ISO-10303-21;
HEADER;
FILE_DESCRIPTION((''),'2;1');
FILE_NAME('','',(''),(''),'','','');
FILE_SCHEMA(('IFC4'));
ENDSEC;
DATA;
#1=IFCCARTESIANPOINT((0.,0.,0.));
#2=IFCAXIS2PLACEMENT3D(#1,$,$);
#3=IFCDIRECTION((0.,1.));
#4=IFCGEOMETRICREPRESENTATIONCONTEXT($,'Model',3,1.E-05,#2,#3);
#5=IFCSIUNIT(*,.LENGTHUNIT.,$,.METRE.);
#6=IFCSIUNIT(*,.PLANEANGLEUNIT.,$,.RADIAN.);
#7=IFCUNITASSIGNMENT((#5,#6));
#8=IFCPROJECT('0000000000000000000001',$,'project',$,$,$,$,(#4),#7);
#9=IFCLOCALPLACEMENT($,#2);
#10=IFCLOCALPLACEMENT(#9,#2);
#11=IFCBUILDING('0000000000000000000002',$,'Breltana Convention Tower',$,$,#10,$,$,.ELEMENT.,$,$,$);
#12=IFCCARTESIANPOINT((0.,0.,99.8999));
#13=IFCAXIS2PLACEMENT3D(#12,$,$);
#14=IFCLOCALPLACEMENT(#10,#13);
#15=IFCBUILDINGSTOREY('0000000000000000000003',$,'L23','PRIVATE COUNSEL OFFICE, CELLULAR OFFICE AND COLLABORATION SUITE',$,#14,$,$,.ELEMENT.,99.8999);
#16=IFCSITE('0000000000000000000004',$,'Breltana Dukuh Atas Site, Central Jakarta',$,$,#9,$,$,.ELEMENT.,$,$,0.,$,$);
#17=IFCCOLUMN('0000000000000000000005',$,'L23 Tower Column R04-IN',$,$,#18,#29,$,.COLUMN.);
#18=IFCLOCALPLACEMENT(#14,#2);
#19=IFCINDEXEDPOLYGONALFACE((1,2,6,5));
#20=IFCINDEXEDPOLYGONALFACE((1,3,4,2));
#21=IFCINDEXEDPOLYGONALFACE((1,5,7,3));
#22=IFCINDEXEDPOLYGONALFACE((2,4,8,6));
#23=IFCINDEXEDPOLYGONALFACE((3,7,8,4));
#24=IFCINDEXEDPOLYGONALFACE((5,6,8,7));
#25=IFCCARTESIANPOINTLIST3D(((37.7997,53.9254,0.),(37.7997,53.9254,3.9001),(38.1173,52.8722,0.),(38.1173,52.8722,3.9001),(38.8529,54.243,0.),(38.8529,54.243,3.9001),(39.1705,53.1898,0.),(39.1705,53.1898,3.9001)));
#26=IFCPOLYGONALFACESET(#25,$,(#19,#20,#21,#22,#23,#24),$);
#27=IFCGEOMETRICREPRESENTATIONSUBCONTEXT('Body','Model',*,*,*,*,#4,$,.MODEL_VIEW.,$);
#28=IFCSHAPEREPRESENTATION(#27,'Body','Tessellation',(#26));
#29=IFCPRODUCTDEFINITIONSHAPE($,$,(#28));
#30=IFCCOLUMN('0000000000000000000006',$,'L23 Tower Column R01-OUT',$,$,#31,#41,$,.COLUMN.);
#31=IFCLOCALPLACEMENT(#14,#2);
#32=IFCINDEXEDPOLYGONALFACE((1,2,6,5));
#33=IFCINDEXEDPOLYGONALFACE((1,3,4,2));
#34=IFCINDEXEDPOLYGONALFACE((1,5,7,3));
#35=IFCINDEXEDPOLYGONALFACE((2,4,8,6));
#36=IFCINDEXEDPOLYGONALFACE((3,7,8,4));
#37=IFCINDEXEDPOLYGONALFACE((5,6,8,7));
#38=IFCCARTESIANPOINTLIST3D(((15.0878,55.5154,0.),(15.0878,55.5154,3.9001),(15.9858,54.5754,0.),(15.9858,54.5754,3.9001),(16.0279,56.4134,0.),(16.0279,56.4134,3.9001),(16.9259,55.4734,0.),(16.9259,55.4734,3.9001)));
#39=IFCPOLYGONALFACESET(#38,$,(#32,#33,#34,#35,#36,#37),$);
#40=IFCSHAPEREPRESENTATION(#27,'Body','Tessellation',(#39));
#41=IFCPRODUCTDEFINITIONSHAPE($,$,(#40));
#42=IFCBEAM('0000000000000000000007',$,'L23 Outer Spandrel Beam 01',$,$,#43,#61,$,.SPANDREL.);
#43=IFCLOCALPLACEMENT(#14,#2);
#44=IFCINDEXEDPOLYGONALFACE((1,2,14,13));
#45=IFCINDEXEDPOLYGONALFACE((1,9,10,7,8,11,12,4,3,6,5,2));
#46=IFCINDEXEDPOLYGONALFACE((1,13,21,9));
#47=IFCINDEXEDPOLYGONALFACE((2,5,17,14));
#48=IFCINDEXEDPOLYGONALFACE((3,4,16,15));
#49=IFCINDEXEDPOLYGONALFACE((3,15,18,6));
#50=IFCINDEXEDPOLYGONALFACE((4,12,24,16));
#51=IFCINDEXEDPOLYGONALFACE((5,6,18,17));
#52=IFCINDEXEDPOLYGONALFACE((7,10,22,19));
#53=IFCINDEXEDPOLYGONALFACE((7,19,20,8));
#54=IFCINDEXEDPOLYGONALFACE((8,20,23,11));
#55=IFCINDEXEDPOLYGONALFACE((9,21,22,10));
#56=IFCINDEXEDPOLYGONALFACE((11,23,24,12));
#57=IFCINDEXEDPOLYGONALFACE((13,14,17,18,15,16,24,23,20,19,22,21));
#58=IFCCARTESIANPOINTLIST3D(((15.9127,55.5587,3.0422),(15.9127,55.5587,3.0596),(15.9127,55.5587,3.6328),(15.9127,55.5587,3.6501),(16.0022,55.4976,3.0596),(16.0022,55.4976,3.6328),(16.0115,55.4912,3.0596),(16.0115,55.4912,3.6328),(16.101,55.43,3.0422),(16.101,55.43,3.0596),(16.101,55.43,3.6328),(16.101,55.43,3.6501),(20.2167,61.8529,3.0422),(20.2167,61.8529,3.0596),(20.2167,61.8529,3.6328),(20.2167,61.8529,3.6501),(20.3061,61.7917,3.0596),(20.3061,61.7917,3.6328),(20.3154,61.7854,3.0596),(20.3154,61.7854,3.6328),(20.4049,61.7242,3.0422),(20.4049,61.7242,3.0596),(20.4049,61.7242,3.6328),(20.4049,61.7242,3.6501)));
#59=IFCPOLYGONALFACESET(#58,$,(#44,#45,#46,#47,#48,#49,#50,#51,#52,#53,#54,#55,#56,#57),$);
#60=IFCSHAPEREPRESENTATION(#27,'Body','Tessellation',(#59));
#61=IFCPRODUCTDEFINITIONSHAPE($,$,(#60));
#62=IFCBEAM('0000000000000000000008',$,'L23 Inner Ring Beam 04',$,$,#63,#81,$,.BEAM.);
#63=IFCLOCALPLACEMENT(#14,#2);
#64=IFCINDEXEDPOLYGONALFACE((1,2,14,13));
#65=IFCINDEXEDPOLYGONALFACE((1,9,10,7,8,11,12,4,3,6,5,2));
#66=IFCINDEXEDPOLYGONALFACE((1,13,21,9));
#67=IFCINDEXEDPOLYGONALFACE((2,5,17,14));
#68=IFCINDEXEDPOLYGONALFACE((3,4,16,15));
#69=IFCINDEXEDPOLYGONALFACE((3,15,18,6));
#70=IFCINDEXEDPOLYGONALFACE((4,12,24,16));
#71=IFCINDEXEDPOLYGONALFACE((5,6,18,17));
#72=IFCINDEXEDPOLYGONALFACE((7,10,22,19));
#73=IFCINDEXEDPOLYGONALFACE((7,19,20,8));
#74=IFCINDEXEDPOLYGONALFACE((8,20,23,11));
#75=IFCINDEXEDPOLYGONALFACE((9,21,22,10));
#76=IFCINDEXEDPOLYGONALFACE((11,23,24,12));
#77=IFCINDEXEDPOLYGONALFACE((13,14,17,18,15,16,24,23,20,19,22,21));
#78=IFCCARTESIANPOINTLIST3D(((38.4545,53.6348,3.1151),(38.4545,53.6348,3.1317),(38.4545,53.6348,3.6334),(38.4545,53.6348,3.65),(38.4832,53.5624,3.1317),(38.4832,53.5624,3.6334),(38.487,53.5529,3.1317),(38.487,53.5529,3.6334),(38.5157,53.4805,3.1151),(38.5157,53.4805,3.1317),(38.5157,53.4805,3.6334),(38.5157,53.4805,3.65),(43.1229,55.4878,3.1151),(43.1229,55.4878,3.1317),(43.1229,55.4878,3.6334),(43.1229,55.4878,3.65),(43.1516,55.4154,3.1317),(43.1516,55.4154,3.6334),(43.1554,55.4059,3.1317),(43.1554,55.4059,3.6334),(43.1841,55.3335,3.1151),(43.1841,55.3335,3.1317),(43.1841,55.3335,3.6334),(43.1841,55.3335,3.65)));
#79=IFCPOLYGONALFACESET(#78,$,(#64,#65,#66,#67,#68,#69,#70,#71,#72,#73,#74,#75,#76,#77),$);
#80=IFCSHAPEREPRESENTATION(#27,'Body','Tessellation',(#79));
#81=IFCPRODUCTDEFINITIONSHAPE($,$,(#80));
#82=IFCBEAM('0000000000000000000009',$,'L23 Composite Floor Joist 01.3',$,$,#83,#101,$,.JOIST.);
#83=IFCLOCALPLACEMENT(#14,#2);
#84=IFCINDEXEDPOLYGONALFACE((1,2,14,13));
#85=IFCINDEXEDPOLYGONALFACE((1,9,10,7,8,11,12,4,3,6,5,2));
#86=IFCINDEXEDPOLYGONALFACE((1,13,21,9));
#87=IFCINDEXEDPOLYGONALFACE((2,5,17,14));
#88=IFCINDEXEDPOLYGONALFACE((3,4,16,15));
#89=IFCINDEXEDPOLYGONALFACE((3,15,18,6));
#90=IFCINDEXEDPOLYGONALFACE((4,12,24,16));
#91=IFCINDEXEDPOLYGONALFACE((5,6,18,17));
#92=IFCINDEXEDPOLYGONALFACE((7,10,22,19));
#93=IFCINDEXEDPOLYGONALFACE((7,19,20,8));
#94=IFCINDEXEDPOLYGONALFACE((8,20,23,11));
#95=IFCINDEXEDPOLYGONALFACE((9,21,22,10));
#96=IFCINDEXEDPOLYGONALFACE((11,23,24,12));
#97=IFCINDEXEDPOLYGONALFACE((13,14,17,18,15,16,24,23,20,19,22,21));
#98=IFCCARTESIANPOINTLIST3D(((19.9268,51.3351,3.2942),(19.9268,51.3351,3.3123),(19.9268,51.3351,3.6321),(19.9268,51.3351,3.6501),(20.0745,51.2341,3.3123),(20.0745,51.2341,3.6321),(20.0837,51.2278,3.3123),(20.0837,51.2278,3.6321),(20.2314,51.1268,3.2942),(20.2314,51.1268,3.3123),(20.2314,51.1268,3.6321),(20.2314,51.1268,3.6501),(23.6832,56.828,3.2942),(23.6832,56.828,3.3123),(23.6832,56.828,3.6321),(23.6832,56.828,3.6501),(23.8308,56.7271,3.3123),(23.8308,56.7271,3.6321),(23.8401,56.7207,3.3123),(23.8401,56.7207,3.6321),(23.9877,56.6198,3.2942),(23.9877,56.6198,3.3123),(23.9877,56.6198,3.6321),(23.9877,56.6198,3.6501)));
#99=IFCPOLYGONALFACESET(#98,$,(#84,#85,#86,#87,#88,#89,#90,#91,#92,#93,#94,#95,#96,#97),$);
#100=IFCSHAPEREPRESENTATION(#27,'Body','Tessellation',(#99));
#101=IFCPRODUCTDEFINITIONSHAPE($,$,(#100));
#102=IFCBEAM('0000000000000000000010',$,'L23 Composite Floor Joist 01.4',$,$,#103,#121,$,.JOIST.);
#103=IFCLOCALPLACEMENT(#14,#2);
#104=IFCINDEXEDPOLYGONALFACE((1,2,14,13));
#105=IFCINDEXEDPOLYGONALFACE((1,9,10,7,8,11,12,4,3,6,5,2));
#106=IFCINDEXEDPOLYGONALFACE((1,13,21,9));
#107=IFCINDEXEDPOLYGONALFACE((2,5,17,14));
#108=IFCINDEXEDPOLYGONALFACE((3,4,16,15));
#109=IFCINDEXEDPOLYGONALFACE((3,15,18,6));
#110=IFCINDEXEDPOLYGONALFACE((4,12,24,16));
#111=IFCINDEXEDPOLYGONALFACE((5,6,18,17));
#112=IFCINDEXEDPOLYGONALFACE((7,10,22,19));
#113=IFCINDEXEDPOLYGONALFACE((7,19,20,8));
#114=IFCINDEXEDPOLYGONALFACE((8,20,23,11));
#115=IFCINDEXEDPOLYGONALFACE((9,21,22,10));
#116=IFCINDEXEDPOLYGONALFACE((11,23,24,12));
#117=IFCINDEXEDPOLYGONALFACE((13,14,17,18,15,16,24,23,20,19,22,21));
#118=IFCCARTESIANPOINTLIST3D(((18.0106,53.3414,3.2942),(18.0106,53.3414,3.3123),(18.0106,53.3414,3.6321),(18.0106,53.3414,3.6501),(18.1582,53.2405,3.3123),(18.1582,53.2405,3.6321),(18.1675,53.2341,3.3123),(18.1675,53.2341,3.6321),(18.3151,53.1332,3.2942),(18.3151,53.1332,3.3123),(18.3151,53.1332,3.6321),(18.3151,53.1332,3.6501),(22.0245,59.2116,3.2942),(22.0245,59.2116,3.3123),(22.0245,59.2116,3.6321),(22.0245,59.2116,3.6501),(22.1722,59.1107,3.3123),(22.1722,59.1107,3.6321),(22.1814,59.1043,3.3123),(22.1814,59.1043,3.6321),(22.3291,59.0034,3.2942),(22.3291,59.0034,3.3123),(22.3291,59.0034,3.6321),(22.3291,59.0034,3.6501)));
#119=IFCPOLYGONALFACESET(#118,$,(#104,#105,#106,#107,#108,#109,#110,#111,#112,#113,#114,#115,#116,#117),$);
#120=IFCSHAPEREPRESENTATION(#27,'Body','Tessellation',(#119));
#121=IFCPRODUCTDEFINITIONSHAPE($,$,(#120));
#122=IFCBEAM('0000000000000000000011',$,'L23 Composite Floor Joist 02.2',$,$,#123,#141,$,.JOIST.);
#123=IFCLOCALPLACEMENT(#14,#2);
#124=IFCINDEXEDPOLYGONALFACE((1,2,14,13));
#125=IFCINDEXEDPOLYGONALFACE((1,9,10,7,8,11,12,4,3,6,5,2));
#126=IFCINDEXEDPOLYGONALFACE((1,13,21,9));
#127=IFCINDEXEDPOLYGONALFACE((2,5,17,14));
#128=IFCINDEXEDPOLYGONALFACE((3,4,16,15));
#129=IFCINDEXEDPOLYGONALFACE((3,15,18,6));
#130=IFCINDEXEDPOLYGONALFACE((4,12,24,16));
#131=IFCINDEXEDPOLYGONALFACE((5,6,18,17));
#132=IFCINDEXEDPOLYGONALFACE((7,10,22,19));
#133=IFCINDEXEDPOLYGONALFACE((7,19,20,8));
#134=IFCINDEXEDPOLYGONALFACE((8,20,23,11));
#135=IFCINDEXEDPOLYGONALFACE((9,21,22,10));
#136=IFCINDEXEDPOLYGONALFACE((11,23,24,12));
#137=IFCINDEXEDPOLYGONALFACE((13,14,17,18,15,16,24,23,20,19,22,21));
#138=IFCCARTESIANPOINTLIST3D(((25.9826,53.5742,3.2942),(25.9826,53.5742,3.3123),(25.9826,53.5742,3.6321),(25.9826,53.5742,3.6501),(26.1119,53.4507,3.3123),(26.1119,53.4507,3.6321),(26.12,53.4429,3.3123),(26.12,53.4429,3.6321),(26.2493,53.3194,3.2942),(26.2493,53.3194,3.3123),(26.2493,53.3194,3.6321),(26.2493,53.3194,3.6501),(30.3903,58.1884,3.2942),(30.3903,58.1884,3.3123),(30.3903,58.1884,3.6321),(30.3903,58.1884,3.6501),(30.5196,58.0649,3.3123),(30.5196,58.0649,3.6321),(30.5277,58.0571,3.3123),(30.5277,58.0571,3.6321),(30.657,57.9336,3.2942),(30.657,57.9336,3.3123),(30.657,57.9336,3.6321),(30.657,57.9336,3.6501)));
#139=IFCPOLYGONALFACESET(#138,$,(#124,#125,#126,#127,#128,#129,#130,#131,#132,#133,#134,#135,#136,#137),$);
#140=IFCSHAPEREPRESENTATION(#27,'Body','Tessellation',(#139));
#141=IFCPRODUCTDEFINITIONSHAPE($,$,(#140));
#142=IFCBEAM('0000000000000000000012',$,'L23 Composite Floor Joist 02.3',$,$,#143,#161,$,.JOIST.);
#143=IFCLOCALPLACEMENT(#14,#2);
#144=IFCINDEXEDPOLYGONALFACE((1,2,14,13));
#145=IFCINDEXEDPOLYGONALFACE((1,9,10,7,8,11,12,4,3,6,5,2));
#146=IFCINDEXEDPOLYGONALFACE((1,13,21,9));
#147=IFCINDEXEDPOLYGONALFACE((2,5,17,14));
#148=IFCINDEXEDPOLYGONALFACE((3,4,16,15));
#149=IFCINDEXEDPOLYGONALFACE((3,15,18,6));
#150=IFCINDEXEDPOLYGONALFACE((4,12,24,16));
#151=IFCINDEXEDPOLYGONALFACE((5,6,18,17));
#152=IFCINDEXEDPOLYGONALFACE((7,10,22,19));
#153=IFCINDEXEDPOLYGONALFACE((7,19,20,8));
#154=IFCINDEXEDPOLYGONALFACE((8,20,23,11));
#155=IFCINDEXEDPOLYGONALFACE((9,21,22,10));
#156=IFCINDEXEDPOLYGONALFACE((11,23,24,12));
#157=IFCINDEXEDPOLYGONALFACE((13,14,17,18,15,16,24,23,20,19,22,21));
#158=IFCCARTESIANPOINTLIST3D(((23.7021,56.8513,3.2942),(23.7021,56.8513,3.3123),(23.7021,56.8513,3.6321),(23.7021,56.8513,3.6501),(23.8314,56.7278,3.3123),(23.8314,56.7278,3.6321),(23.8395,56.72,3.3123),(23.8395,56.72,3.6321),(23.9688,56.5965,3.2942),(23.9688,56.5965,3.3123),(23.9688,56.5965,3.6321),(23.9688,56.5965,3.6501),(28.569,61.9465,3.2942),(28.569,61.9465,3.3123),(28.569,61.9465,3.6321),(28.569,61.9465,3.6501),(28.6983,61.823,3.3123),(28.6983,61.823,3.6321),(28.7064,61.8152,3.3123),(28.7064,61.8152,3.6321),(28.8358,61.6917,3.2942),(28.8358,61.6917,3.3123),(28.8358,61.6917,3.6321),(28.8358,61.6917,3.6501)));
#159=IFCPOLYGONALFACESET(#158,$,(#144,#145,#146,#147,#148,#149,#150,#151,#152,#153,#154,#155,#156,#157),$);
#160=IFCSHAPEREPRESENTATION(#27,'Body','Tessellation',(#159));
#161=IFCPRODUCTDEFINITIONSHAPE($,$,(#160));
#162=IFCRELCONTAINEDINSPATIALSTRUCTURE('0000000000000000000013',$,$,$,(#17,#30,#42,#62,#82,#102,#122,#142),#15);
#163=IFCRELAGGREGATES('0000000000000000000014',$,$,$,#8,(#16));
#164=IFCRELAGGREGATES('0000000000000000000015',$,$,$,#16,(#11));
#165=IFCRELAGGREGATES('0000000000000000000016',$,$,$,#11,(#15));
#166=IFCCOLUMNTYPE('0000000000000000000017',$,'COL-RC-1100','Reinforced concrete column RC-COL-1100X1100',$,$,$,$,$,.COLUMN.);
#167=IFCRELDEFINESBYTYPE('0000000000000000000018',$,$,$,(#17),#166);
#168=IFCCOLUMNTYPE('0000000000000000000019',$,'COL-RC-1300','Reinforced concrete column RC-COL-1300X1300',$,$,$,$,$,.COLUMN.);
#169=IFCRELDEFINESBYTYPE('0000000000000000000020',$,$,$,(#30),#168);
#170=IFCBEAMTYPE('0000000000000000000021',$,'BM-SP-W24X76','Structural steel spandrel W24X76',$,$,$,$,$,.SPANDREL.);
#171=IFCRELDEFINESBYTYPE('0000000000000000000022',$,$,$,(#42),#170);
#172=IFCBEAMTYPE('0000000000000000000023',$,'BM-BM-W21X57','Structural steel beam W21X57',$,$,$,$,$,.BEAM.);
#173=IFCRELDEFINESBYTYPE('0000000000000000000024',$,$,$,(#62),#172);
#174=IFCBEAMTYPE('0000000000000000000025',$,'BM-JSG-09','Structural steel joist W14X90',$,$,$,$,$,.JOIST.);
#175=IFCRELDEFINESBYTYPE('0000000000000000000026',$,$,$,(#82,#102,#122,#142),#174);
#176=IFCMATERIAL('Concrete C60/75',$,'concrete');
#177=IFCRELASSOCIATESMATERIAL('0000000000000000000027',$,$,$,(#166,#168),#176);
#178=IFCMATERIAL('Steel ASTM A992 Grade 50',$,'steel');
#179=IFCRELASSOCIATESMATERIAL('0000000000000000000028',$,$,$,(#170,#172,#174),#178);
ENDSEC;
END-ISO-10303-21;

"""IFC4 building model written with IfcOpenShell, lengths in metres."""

from ifc_helpers import new_model, si_unit, direction, frame, origin, origin_2d, place, context, subcontext, project, spatial, rectangle, i_section, extrude, source, transform, mapped, material, material_profile, profile_set, type_object, type_shapes, element, save


model = new_model("IFC4")

# Units and contexts
model_context = context("Model", 3, precision=1e-05, world=origin(), true_north=direction((0.0, 1.0)))
body_context = subcontext(model_context, "Body", "Model", "MODEL_VIEW")
ifc_project = project(units=[si_unit("LENGTHUNIT", "METRE"), si_unit("PLANEANGLEUNIT", "RADIAN")], contexts=[model_context])

# Site, building, storey
site_placement = place(None, origin())
site = spatial("IfcSite", under=ifc_project, at=site_placement, Name="Breltana Dukuh Atas Site, Central Jakarta", CompositionType="ELEMENT", RefElevation=0.0)
building_placement = place(site_placement, origin())
building = spatial("IfcBuilding", under=site, at=building_placement, Name="Breltana Convention Tower", CompositionType="ELEMENT")
storey_placement = place(building_placement, frame((0.0, 0.0, 99.8999)))
storey = spatial("IfcBuildingStorey", under=building, at=storey_placement, Name="L23", Description="PRIVATE COUNSEL OFFICE, CELLULAR OFFICE AND COLLABORATION SUITE", CompositionType="ELEMENT", Elevation=99.8999)

# Columns
ifc_material_1 = material(Name="Concrete C60/75", Category="concrete")
ifc_material_profile_1 = material_profile(ifc_material_1, rectangle(XDim=1.1001, YDim=1.1001, at=origin_2d()), Name="RC-COL-1100X1100")
ifc_profile_set_1 = profile_set([ifc_material_profile_1], Name="Concrete C60/75")
column_type_1 = type_object("IfcColumnType", Name="COL-RC-1100", Description="Reinforced concrete column RC-COL-1100X1100", PredefinedType="COLUMN", material=ifc_profile_set_1)
shared_shape_1 = source(origin(), body_context, "Body", "SweptSolid", [
    extrude(rectangle(XDim=1.1001, YDim=1.1001, at=origin_2d()), origin(), (0.0, 0.0, 1.0), 3.9001),
])
column_1_placement = place(storey_placement, frame((38.4851, 53.5576, 0.0), z_axis=(0.0, 0.0, 1.0), x_axis=(-0.288698, 0.95742, 0.0)))
element("IfcColumn", 1, at=column_1_placement, inside=storey, type_object=column_type_1, Name="L23 Tower Column R04-IN", PredefinedType="COLUMN", context=body_context, shape_type="MappedRepresentation", body=[
    mapped(shared_shape_1, transform((0.0, 0.0, 0.0), scale=1.0)),
])
ifc_material_profile_2 = material_profile(ifc_material_1, rectangle(XDim=1.3, YDim=1.3, at=origin_2d()), Name="RC-COL-1300X1300")
ifc_profile_set_2 = profile_set([ifc_material_profile_2], Name="Concrete C60/75")
column_type_2 = type_object("IfcColumnType", Name="COL-RC-1300", Description="Reinforced concrete column RC-COL-1300X1300", PredefinedType="COLUMN", material=ifc_profile_set_2)
shared_shape_2 = source(origin(), body_context, "Body", "SweptSolid", [
    extrude(rectangle(XDim=1.3, YDim=1.3, at=origin_2d()), origin(), (0.0, 0.0, 1.0), 3.9001),
])
column_2_placement = place(storey_placement, frame((16.0068, 55.4944, 0.0), z_axis=(0.0, 0.0, 1.0), x_axis=(-0.690756, 0.723088, 0.0)))
element("IfcColumn", 2, at=column_2_placement, inside=storey, type_object=column_type_2, Name="L23 Tower Column R01-OUT", PredefinedType="COLUMN", context=body_context, shape_type="MappedRepresentation", body=[
    mapped(shared_shape_2, transform((0.0, 0.0, 0.0), scale=1.0)),
])

# Beams
ifc_material_2 = material(Name="Steel ASTM A992 Grade 50", Category="steel")
ifc_material_profile_3 = material_profile(ifc_material_2, i_section(OverallWidth=0.228, OverallDepth=0.6079, WebThickness=0.0112, FlangeThickness=0.0173, at=origin_2d()), Name="W24X76")
ifc_profile_set_3 = profile_set([ifc_material_profile_3], Name="Steel ASTM A992 Grade 50")
beam_type_1 = type_object("IfcBeamType", Name="BM-SP-W24X76", Description="Structural steel spandrel W24X76", PredefinedType="SPANDREL", material=ifc_profile_set_3)
shared_shape_3 = source(origin(), body_context, "Body", "SweptSolid", [
    extrude(i_section(OverallWidth=0.228, OverallDepth=0.6079, WebThickness=0.0112, FlangeThickness=0.0173, at=origin_2d()), origin(), (0.0, 0.0, 1.0), 7.625),
])
type_shapes(beam_type_1, [shared_shape_3])
beam_1_placement = place(storey_placement, frame((16.0068, 55.4944, 3.3462), z_axis=(0.564452, 0.825466, 0.0), x_axis=(-0.825466, 0.564452, 0.0)))
element("IfcBeam", 3, at=beam_1_placement, inside=storey, type_object=beam_type_1, Name="L23 Outer Spandrel Beam 01", PredefinedType="SPANDREL", context=body_context, shape_type="MappedRepresentation", body=[
    mapped(shared_shape_3, transform((0.0, 0.0, 0.0), scale=1.0)),
])
ifc_material_profile_4 = material_profile(ifc_material_2, i_section(OverallWidth=0.166, OverallDepth=0.5349, WebThickness=0.0103, FlangeThickness=0.0166, at=origin_2d()), Name="W21X57")
ifc_profile_set_4 = profile_set([ifc_material_profile_4], Name="Steel ASTM A992 Grade 50")
beam_type_2 = type_object("IfcBeamType", Name="BM-BM-W21X57", Description="Structural steel beam W21X57", PredefinedType="BEAM", material=ifc_profile_set_4)
shared_shape_4 = source(origin(), body_context, "Body", "SweptSolid", [
    extrude(i_section(OverallWidth=0.166, OverallDepth=0.5349, WebThickness=0.0103, FlangeThickness=0.0166, at=origin_2d()), origin(), (0.0, 0.0, 1.0), 5.0227),
])
beam_2_placement = place(storey_placement, frame((38.4851, 53.5576, 3.3826), z_axis=(0.929459, 0.368926, 0.0), x_axis=(-0.368926, 0.929459, 0.0)))
element("IfcBeam", 4, at=beam_2_placement, inside=storey, type_object=beam_type_2, Name="L23 Inner Ring Beam 04", PredefinedType="BEAM", context=body_context, shape_type="MappedRepresentation", body=[
    mapped(shared_shape_4, transform((0.0, 0.0, 0.0), scale=1.0)),
])
ifc_material_profile_5 = material_profile(ifc_material_2, i_section(OverallWidth=0.3689, OverallDepth=0.356, WebThickness=0.0112, FlangeThickness=0.0181, at=origin_2d()), Name="W14X90")
ifc_profile_set_5 = profile_set([ifc_material_profile_5], Name="Steel ASTM A992 Grade 50")
beam_type_3 = type_object("IfcBeamType", Name="BM-JSG-09", Description="Structural steel joist W14X90", PredefinedType="JOIST", material=ifc_profile_set_5)
shared_shape_5 = source(origin(), body_context, "Body", "SweptSolid", [
    extrude(i_section(OverallWidth=0.3689, OverallDepth=0.356, WebThickness=0.0112, FlangeThickness=0.0181, at=origin_2d()), origin(), (0.0, 0.0, 1.0), 6.6545),
])
beam_3_placement = place(storey_placement, frame((20.0791, 51.231, 3.4722), z_axis=(0.564483, 0.825445, 0.0), x_axis=(-0.825445, 0.564483, 0.0)))
element("IfcBeam", 5, at=beam_3_placement, inside=storey, type_object=beam_type_3, Name="L23 Composite Floor Joist 01.3", PredefinedType="JOIST", context=body_context, shape_type="MappedRepresentation", body=[
    mapped(shared_shape_5, transform((0.0, 0.0, 0.0), scale=1.0)),
])
shared_shape_6 = source(origin(), body_context, "Body", "SweptSolid", [
    extrude(i_section(OverallWidth=0.3689, OverallDepth=0.356, WebThickness=0.0112, FlangeThickness=0.0181, at=origin_2d()), origin(), (0.0, 0.0, 1.0), 7.1113),
])
beam_4_placement = place(storey_placement, frame((18.1628, 53.2373, 3.4722), z_axis=(0.564446, 0.82547, 0.0), x_axis=(-0.82547, 0.564446, 0.0)))
element("IfcBeam", 6, at=beam_4_placement, inside=storey, type_object=beam_type_3, Name="L23 Composite Floor Joist 01.4", PredefinedType="JOIST", context=body_context, shape_type="MappedRepresentation", body=[
    mapped(shared_shape_6, transform((0.0, 0.0, 0.0), scale=1.0)),
])
shared_shape_7 = source(origin(), body_context, "Body", "SweptSolid", [
    extrude(i_section(OverallWidth=0.3689, OverallDepth=0.356, WebThickness=0.0112, FlangeThickness=0.0181, at=origin_2d()), origin(), (0.0, 0.0, 1.0), 6.3811),
])
beam_5_placement = place(storey_placement, frame((26.116, 53.4468, 3.4722), z_axis=(0.690738, 0.723105, 0.0), x_axis=(-0.723105, 0.690738, 0.0)))
element("IfcBeam", 7, at=beam_5_placement, inside=storey, type_object=beam_type_3, Name="L23 Composite Floor Joist 02.2", PredefinedType="JOIST", context=body_context, shape_type="MappedRepresentation", body=[
    mapped(shared_shape_7, transform((0.0, 0.0, 0.0), scale=1.0)),
])
shared_shape_8 = source(origin(), body_context, "Body", "SweptSolid", [
    extrude(i_section(OverallWidth=0.3689, OverallDepth=0.356, WebThickness=0.0112, FlangeThickness=0.0181, at=origin_2d()), origin(), (0.0, 0.0, 1.0), 7.0461),
])
beam_6_placement = place(storey_placement, frame((23.8354, 56.7239, 3.4722), z_axis=(0.690723, 0.72312, 0.0), x_axis=(-0.72312, 0.690723, 0.0)))
element("IfcBeam", 8, at=beam_6_placement, inside=storey, type_object=beam_type_3, Name="L23 Composite Floor Joist 02.3", PredefinedType="JOIST", context=body_context, shape_type="MappedRepresentation", body=[
    mapped(shared_shape_8, transform((0.0, 0.0, 0.0), scale=1.0)),
])

save(model, "model.ifc")
